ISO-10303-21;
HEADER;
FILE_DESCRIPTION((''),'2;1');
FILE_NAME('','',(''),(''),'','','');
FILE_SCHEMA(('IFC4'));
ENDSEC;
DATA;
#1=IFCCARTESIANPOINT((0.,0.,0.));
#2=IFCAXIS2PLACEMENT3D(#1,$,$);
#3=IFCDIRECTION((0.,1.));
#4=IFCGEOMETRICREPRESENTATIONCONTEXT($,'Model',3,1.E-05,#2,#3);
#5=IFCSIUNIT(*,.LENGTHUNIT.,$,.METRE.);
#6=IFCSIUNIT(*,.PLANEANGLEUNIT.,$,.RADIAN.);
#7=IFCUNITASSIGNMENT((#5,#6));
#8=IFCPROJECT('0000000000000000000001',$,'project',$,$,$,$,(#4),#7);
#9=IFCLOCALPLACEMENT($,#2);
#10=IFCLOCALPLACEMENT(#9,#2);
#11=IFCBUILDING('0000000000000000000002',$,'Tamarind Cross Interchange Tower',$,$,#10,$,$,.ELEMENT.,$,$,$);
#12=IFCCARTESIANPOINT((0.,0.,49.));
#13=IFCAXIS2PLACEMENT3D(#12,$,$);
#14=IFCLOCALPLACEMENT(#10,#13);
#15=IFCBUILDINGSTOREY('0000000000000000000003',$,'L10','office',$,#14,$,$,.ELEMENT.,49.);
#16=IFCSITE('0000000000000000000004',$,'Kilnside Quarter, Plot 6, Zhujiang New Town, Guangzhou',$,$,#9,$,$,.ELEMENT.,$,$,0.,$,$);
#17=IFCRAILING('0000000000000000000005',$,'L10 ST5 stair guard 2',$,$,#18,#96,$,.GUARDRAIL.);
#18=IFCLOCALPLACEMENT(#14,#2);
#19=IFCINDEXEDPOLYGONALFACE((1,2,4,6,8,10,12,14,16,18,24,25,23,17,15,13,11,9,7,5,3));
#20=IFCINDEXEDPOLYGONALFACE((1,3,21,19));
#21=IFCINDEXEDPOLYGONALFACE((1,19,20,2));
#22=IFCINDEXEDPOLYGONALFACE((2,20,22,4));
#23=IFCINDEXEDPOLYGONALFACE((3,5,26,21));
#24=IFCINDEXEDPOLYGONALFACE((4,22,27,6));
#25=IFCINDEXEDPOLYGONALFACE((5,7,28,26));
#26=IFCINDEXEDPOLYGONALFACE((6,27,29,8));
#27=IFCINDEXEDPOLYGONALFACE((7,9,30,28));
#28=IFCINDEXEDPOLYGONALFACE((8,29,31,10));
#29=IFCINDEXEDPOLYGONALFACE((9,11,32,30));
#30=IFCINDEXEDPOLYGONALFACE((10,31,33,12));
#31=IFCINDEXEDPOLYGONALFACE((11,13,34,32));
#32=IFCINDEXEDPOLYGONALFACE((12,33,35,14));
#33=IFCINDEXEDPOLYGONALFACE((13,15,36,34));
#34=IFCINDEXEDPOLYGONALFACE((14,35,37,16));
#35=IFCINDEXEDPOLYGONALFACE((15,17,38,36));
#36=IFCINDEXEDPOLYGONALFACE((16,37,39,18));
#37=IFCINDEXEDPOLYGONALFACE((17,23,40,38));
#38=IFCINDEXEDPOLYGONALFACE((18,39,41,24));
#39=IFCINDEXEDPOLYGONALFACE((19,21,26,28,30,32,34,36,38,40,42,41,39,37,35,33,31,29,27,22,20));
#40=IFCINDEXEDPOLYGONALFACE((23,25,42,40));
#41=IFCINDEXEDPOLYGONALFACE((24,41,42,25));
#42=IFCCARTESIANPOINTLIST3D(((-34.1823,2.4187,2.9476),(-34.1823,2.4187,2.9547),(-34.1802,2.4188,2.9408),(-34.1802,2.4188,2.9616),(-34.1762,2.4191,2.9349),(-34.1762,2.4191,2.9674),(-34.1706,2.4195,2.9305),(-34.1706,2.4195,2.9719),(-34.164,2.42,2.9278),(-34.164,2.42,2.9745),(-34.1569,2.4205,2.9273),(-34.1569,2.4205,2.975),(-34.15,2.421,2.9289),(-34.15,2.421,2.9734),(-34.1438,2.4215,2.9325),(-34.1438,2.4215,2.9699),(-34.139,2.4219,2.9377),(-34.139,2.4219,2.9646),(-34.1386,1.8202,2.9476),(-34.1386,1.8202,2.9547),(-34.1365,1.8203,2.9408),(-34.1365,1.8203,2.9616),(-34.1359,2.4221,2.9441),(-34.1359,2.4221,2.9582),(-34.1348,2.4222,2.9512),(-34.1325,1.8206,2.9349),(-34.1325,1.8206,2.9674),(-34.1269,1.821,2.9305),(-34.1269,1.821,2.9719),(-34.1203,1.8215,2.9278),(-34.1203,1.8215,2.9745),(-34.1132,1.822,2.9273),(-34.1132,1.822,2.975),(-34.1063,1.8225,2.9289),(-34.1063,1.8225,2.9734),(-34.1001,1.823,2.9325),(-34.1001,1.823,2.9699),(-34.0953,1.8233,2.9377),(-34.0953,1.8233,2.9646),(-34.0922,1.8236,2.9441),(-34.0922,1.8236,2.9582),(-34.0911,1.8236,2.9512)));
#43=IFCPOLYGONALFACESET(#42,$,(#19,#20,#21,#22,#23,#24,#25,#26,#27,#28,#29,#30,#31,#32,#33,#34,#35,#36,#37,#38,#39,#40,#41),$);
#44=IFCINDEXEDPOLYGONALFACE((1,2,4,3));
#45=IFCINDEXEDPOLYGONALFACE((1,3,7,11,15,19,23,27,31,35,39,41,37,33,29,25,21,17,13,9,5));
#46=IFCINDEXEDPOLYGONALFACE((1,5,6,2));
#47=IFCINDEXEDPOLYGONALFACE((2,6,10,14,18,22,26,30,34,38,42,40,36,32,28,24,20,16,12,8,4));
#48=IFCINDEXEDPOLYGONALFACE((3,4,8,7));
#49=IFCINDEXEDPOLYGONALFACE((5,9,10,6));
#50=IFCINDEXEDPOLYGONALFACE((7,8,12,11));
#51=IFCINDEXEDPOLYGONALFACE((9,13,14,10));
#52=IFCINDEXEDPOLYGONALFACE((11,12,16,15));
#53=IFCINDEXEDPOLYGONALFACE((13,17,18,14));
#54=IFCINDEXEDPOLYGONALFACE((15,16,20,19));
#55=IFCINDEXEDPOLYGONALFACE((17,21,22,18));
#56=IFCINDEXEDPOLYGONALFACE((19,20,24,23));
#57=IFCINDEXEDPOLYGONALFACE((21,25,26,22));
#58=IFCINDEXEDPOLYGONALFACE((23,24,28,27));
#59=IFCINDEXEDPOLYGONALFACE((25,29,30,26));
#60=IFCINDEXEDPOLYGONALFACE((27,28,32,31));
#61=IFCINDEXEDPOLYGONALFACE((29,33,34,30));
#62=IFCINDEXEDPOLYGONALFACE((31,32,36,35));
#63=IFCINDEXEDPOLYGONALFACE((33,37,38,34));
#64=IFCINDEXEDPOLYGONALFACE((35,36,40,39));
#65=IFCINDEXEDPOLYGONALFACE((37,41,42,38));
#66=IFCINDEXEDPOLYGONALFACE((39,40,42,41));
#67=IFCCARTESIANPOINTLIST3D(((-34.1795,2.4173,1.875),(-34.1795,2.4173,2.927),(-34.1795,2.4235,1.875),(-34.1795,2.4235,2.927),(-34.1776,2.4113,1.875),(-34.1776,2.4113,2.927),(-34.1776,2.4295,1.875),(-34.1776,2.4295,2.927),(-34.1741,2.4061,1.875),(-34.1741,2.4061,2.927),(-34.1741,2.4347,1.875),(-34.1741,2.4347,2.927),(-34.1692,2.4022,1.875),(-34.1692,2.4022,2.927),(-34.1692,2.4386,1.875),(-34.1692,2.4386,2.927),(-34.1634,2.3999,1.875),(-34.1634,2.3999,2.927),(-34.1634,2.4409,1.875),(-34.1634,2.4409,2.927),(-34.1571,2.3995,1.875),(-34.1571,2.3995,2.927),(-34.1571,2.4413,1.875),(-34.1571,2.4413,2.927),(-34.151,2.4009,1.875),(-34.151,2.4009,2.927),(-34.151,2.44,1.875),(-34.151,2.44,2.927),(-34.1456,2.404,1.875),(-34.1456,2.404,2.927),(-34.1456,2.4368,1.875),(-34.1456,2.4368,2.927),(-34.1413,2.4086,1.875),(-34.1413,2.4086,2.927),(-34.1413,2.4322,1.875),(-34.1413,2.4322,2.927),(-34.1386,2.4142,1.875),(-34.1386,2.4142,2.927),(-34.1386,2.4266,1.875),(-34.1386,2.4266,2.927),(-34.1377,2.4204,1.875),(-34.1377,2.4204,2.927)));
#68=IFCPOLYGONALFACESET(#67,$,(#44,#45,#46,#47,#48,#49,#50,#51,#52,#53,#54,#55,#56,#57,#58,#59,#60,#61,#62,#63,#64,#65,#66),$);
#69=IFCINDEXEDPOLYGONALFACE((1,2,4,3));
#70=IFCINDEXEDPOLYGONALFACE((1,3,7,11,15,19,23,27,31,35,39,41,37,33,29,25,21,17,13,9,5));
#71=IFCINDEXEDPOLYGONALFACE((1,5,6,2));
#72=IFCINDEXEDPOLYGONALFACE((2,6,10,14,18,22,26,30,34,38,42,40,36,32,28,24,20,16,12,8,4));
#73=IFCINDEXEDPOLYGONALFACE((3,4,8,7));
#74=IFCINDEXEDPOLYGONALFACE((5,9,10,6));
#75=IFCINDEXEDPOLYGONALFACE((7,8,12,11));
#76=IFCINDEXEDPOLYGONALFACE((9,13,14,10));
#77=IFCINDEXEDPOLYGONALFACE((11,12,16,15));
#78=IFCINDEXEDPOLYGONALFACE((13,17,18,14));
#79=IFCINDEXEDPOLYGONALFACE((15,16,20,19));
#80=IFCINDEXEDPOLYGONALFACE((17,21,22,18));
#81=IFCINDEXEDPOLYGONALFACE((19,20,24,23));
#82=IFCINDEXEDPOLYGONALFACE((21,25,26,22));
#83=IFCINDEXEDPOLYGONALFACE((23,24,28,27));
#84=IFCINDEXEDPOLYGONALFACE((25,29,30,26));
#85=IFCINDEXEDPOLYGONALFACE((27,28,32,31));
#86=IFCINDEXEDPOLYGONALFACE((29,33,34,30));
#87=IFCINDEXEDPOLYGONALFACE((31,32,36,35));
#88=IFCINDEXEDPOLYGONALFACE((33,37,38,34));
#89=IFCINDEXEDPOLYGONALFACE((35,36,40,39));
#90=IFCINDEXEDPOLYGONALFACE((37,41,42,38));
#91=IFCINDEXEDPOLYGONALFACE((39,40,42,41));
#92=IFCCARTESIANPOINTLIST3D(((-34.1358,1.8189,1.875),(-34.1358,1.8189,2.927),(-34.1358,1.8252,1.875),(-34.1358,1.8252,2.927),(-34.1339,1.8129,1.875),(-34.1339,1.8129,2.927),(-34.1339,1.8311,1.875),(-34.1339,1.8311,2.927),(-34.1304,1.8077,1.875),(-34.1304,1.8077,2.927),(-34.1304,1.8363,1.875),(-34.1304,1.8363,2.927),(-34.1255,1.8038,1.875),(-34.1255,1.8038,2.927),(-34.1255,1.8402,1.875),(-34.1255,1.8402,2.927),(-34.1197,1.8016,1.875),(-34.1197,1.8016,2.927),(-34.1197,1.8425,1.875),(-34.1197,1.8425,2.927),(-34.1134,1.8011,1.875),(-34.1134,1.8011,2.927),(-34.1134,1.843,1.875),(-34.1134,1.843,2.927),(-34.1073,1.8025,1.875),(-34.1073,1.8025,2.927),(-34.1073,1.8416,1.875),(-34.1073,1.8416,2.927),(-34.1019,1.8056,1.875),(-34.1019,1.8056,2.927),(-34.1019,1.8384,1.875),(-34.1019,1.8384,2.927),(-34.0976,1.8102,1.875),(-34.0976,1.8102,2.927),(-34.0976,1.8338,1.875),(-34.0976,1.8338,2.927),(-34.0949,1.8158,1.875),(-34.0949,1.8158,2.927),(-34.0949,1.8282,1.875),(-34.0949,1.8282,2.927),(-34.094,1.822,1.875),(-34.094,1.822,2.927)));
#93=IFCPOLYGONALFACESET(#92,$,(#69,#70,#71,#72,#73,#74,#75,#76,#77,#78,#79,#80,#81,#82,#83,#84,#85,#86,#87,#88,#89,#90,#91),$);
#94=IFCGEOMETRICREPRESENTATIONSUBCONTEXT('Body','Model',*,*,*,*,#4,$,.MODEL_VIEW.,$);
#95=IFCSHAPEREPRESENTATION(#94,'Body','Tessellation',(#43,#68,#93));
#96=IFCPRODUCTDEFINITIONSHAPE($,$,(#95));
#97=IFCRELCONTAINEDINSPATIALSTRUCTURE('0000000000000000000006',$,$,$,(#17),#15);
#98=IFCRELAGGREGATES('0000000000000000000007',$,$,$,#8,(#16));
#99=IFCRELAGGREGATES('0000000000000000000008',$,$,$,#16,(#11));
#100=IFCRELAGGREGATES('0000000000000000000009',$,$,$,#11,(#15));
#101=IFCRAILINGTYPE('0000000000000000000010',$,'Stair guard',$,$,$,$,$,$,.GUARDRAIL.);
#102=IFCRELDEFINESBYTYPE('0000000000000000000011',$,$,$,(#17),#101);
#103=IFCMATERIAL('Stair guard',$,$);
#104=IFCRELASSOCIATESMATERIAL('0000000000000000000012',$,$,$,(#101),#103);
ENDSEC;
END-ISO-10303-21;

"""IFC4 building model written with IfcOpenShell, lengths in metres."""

from ifc_helpers import new_model, si_unit, direction, frame, origin, origin_2d, place, context, subcontext, project, spatial, circle, extrude, material, type_object, element, save


model = new_model("IFC4")

# Units and contexts
model_context = context("Model", 3, precision=1e-05, world=origin(), true_north=direction((0.0, 1.0)))
body_context = subcontext(model_context, "Body", "Model", "MODEL_VIEW")
ifc_project = project(units=[si_unit("LENGTHUNIT", "METRE"), si_unit("PLANEANGLEUNIT", "RADIAN")], contexts=[model_context])

# Site, building, storey
site_placement = place(None, origin())
site = spatial("IfcSite", under=ifc_project, at=site_placement, Name="Kilnside Quarter, Plot 6, Zhujiang New Town, Guangzhou", CompositionType="ELEMENT", RefElevation=0.0)
building_placement = place(site_placement, origin())
building = spatial("IfcBuilding", under=site, at=building_placement, Name="Tamarind Cross Interchange Tower", CompositionType="ELEMENT")
storey_placement = place(building_placement, frame((0.0, 0.0, 49.0)))
storey = spatial("IfcBuildingStorey", under=building, at=storey_placement, Name="L10", Description="office", CompositionType="ELEMENT", Elevation=49.0)

# Railing
ifc_material_1 = material(Name="Stair guard")
railing_type_1 = type_object("IfcRailingType", Name="Stair guard", PredefinedType="GUARDRAIL", material=ifc_material_1)
railing_1_placement = place(storey_placement, frame((-34.1587, 2.4204, 1.875)))
element("IfcRailing", 1, at=railing_1_placement, inside=storey, type_object=railing_type_1, Name="L10 ST5 stair guard 2", PredefinedType="GUARDRAIL", context=body_context, shape_type="SweptSolid", body=[
    extrude(circle(Radius=0.0239, at=origin_2d()), frame((0.0, 0.0, 1.0762), z_axis=(0.072837, -0.997344, 0.0), x_axis=(0.997344, 0.072837, 0.0)), (0.0, 0.0, 1.0), 0.6001),
    extrude(circle(Radius=0.021, at=origin_2d()), origin(), (0.0, 0.0, 1.0), 1.052),
    extrude(circle(Radius=0.021, at=origin_2d()), frame((0.0437, -0.5984, 0.0)), (0.0, 0.0, 1.0), 1.052),
])

save(model, "model.ifc")
